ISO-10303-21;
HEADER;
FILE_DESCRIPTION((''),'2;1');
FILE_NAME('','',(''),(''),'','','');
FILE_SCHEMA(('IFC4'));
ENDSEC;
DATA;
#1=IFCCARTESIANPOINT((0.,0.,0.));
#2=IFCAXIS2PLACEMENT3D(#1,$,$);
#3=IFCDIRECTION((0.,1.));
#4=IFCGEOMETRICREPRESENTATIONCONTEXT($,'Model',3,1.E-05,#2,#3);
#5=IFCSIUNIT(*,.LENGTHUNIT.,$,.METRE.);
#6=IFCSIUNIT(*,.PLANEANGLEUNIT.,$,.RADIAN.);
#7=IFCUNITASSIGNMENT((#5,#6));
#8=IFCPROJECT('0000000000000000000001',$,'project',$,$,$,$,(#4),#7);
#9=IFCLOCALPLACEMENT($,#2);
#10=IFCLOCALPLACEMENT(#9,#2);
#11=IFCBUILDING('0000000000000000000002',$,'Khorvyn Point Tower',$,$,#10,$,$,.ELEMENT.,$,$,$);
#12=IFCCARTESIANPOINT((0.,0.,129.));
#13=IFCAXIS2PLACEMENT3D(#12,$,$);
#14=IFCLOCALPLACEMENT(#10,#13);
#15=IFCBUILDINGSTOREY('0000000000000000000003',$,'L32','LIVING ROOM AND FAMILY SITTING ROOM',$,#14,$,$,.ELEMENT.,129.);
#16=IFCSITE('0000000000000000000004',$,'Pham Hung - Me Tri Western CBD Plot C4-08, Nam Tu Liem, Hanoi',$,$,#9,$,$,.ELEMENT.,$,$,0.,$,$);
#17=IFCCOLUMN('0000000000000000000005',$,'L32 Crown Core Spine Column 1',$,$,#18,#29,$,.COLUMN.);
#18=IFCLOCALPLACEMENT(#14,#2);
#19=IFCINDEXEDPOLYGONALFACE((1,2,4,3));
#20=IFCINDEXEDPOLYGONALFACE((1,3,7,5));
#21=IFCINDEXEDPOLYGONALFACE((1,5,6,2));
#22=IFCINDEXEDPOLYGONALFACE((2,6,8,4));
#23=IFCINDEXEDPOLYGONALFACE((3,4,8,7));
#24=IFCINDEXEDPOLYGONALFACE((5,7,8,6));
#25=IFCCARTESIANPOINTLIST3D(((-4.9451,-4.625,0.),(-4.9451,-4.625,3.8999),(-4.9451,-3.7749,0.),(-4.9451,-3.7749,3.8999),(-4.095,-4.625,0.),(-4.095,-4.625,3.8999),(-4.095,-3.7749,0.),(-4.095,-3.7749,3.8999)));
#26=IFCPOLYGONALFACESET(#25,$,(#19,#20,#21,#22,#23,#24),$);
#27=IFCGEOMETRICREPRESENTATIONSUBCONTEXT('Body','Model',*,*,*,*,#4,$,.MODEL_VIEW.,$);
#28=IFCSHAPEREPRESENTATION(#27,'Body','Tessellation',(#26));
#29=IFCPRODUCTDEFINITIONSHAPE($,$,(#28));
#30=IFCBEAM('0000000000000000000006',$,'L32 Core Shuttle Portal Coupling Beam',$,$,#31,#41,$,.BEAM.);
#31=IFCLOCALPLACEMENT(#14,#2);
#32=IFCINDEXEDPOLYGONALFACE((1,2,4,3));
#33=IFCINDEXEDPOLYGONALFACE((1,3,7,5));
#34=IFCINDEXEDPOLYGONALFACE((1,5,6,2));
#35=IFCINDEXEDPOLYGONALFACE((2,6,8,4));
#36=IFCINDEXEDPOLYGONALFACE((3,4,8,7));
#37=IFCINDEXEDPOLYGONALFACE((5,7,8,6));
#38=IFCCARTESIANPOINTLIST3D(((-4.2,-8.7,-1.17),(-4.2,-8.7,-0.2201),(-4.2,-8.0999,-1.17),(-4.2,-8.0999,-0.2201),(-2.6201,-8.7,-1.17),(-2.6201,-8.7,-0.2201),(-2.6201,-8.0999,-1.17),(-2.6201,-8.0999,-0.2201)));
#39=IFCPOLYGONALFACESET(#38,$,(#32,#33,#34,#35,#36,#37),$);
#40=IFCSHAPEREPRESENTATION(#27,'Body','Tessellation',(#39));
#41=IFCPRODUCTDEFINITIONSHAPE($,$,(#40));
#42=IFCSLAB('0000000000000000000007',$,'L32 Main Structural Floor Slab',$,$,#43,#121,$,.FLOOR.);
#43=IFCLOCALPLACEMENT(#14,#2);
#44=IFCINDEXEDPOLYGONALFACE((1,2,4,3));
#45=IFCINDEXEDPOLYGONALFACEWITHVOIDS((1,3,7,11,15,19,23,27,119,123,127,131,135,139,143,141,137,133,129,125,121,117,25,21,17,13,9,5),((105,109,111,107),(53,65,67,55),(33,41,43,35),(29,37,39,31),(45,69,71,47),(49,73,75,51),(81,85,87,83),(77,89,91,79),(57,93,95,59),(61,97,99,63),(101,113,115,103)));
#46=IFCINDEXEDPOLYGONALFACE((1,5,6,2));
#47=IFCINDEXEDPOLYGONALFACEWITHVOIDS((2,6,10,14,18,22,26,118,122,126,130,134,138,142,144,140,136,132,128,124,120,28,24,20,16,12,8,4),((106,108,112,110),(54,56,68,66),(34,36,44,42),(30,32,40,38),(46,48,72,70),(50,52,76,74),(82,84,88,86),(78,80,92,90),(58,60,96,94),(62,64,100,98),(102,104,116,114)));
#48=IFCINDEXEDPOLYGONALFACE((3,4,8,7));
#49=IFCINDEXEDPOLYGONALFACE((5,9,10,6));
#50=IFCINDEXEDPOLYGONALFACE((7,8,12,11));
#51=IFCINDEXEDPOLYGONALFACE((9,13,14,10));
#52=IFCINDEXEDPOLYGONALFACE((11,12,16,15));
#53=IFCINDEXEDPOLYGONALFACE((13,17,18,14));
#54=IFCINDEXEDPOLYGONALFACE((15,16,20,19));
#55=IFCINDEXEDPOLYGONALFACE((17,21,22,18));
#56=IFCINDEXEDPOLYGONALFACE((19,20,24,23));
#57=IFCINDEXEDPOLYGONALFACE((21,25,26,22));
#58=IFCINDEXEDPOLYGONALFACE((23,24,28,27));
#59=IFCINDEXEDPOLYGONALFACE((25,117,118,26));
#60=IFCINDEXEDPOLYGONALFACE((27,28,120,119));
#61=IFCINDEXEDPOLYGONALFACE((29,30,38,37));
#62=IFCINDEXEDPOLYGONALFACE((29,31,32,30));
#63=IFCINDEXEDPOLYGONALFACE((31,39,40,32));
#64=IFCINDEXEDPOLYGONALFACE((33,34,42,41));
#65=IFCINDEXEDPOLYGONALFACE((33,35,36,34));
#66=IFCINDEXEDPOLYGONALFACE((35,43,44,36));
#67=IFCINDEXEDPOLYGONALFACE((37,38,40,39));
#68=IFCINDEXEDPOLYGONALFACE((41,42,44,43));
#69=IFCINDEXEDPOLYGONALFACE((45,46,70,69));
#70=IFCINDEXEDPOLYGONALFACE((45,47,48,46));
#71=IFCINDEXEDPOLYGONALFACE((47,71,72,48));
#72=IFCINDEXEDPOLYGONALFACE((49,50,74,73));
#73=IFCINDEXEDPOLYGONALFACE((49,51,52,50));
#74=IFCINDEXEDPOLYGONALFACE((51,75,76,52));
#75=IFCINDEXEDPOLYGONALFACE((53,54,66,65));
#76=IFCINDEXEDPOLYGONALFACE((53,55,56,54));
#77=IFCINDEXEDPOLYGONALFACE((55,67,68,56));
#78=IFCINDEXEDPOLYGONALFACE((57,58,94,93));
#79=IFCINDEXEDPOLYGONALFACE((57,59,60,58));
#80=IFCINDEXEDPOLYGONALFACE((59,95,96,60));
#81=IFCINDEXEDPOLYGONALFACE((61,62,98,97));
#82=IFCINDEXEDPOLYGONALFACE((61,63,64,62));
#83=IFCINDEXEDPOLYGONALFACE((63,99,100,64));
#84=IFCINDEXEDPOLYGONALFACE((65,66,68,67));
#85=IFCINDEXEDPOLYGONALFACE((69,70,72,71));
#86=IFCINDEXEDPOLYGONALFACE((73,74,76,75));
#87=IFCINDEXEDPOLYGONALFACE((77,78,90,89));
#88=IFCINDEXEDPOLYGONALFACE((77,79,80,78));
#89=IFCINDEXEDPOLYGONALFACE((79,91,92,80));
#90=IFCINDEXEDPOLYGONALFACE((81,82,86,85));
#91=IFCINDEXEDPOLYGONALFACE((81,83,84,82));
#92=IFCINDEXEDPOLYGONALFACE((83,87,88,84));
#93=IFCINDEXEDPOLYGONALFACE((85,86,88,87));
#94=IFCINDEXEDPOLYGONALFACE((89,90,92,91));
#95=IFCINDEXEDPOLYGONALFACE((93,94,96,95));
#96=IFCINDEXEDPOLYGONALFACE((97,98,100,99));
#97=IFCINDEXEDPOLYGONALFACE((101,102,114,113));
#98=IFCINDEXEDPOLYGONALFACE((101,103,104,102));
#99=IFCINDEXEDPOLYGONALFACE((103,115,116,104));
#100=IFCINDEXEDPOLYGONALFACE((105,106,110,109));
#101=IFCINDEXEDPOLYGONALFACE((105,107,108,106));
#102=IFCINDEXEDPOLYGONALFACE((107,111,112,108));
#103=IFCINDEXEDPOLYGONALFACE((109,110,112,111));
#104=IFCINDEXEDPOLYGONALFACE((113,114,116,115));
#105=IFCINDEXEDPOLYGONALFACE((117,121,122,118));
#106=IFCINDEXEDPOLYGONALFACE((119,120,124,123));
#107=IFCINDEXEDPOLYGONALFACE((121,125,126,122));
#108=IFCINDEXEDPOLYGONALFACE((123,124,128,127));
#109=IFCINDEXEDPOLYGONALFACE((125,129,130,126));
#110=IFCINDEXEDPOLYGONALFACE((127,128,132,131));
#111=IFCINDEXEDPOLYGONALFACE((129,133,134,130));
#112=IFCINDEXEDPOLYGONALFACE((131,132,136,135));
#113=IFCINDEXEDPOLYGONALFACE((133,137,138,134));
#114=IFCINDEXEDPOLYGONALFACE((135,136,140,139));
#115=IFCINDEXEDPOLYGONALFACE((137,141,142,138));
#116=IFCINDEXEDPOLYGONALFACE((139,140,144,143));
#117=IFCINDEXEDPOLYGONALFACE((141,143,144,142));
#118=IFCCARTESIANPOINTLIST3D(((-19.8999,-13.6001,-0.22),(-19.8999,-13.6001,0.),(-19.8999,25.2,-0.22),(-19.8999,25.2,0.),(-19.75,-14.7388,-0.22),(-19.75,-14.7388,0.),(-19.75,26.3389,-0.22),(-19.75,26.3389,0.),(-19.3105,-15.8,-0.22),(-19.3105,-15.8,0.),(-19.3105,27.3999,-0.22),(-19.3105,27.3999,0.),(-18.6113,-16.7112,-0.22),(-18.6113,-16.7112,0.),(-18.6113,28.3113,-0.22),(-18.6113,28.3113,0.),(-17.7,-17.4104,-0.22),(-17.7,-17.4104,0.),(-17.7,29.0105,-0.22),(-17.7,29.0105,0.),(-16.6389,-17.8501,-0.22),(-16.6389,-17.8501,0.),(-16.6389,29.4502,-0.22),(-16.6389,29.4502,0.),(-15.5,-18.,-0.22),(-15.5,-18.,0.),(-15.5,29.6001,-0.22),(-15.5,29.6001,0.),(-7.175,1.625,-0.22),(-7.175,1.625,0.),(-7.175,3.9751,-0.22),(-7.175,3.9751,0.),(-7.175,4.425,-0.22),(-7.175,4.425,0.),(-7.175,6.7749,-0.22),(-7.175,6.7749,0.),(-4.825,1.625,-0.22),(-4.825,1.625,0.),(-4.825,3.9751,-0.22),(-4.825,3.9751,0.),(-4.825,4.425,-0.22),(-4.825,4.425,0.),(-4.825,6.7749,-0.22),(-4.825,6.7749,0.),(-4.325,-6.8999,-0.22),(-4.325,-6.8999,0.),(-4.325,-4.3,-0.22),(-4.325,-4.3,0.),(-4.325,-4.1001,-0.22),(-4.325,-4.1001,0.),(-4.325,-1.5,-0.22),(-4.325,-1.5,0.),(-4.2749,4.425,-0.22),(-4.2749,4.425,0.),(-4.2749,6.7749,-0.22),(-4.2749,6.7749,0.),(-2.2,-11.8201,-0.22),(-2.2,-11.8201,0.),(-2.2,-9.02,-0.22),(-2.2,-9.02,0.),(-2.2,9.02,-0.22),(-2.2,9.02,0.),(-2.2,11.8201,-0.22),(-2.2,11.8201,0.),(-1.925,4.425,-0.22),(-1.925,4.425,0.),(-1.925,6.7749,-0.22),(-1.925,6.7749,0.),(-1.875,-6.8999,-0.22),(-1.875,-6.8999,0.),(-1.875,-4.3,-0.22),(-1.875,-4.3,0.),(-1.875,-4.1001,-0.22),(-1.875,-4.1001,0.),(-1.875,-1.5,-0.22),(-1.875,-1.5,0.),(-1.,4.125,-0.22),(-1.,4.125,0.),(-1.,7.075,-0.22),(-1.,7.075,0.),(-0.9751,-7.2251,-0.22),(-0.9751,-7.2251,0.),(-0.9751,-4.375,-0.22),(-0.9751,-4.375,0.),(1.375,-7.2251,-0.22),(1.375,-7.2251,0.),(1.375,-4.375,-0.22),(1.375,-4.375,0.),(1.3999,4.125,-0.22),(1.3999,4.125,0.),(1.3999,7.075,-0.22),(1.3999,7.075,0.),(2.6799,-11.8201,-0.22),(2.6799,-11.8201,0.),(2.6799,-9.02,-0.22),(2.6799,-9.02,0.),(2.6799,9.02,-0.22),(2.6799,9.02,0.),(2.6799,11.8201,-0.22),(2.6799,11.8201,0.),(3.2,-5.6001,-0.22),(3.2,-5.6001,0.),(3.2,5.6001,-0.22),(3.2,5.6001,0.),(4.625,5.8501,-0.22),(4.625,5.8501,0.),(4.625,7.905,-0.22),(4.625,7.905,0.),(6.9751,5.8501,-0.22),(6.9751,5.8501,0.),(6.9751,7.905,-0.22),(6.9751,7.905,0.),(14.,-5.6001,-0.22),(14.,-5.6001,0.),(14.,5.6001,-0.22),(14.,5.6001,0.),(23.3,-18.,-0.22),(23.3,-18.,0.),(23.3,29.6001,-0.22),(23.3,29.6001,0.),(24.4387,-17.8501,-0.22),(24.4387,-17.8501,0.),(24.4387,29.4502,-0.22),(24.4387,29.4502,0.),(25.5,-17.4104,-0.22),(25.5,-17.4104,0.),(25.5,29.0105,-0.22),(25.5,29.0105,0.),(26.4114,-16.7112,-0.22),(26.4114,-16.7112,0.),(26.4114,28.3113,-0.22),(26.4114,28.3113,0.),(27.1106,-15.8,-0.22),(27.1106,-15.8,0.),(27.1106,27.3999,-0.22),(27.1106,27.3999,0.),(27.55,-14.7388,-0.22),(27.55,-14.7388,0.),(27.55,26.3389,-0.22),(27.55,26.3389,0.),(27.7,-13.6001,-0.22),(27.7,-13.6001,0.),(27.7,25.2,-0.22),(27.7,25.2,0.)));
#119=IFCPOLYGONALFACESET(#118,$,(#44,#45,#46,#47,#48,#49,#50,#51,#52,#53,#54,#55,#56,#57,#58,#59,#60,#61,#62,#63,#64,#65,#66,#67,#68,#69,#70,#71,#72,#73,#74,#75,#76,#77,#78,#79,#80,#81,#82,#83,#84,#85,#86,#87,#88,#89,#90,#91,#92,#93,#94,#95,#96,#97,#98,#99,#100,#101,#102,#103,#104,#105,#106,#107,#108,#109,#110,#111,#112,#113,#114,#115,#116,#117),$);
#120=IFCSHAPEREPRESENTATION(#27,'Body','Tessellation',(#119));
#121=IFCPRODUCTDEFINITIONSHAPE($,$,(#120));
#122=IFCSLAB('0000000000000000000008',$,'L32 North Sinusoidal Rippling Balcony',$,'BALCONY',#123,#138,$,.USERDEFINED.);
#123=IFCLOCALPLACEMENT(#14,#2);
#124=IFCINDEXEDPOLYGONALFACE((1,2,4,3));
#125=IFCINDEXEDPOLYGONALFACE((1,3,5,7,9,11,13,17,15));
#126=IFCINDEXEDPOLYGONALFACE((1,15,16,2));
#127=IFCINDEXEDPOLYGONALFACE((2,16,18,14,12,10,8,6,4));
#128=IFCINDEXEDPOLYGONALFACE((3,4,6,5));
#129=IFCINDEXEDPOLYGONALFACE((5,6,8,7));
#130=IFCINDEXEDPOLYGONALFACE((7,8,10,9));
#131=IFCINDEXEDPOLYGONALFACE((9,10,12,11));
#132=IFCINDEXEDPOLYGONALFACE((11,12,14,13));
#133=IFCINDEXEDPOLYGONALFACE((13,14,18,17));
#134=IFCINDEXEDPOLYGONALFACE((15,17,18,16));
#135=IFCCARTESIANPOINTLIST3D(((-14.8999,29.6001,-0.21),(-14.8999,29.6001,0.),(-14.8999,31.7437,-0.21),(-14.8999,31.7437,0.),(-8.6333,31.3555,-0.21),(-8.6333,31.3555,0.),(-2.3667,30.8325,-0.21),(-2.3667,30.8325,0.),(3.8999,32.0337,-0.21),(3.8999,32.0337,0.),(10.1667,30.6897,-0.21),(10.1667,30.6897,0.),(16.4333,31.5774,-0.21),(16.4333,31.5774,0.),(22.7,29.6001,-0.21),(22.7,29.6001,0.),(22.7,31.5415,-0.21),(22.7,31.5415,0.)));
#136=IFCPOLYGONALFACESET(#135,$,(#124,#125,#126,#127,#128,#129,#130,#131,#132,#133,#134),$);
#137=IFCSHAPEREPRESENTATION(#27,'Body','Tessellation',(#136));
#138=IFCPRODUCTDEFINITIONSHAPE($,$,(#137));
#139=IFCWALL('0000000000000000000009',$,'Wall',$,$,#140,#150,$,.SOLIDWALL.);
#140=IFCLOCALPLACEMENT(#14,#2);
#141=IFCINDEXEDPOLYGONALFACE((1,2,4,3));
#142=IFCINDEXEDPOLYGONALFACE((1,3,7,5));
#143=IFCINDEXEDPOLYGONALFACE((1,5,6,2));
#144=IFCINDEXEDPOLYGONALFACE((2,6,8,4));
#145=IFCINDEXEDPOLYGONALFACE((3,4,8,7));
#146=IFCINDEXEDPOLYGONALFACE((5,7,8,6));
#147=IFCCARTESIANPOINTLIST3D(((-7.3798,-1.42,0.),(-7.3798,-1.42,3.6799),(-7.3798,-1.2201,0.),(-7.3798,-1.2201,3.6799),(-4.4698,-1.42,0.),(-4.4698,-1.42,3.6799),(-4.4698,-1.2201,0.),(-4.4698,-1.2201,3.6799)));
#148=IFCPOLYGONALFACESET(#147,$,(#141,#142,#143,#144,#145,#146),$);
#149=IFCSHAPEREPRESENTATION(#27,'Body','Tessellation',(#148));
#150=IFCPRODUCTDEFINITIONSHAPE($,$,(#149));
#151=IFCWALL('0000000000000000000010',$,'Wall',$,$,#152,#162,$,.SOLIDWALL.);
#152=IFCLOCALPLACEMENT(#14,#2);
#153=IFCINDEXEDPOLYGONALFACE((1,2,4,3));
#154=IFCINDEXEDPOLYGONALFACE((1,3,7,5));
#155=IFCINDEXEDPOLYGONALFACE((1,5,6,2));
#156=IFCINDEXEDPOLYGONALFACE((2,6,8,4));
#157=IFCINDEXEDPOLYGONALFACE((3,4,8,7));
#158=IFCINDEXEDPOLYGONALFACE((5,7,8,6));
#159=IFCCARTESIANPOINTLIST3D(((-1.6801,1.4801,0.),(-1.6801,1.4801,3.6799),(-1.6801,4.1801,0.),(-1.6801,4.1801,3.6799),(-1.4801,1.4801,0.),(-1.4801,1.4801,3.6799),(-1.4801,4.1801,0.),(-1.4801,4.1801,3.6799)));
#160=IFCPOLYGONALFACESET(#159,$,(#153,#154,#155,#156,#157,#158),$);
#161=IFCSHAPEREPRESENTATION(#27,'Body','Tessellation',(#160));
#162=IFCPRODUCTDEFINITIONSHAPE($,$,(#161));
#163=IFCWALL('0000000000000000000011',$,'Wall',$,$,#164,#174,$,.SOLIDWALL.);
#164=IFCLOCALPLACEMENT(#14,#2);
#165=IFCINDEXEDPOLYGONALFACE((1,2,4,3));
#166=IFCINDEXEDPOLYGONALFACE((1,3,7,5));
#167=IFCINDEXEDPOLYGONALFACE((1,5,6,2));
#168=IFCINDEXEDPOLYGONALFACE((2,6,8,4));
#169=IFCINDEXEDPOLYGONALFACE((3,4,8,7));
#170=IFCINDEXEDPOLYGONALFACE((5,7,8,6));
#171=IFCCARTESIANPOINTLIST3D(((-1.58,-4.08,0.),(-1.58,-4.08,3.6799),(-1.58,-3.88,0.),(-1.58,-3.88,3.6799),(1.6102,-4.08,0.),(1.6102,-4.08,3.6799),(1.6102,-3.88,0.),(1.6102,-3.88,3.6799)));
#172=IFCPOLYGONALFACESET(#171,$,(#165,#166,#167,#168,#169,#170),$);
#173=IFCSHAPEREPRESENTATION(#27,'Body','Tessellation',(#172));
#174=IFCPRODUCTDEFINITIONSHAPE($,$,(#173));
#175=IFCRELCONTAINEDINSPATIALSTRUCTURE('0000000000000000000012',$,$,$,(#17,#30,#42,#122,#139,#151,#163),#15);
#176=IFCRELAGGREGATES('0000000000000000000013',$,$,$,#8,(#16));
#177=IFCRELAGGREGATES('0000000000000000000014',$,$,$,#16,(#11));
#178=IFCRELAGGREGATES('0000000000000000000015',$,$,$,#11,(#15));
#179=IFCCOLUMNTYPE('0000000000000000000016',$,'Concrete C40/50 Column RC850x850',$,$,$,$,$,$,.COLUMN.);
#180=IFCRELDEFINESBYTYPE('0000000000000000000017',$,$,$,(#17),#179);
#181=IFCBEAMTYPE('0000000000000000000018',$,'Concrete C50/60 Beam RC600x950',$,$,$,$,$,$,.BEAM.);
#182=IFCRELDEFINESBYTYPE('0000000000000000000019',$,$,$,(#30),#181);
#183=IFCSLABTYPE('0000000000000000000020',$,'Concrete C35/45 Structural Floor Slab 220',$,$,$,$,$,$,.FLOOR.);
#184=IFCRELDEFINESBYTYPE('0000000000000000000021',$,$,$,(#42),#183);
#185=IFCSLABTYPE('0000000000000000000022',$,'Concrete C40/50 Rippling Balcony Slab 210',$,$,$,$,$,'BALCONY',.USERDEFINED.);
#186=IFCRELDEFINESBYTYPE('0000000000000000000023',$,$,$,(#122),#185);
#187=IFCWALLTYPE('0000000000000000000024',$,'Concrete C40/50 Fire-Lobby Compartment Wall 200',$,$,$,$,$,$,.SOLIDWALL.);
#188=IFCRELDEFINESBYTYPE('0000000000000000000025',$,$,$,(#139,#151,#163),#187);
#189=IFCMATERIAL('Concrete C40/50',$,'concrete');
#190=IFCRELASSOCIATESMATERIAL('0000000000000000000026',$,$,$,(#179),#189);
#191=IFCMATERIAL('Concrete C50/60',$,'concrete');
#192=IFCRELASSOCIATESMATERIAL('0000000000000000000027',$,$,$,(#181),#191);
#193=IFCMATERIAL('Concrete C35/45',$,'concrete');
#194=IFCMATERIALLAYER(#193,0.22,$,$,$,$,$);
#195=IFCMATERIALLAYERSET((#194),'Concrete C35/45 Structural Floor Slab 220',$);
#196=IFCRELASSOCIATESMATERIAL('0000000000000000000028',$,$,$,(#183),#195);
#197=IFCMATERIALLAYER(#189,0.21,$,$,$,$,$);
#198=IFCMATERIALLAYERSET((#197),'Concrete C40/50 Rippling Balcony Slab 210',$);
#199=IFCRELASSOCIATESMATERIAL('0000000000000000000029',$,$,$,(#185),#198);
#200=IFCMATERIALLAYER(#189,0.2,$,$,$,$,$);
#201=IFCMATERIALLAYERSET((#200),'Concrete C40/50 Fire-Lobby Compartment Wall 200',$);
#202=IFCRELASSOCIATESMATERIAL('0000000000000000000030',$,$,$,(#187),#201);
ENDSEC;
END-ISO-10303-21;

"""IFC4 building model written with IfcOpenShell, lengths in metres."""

from ifc_helpers import new_model, si_unit, direction, frame, frame_2d, origin, origin_2d, place, context, subcontext, project, spatial, polyline, rectangle, outline, extrude, material, layer, layer_set, material_profile, profile_set, type_object, element, save


model = new_model("IFC4")

# Units and contexts
model_context = context("Model", 3, precision=1e-05, world=origin(), true_north=direction((0.0, 1.0)))
body_context = subcontext(model_context, "Body", "Model", "MODEL_VIEW")
ifc_project = project(units=[si_unit("LENGTHUNIT", "METRE"), si_unit("PLANEANGLEUNIT", "RADIAN")], contexts=[model_context])

# Site, building, storey
site_placement = place(None, origin())
site = spatial("IfcSite", under=ifc_project, at=site_placement, Name="Pham Hung - Me Tri Western CBD Plot C4-08, Nam Tu Liem, Hanoi", CompositionType="ELEMENT", RefElevation=0.0)
building_placement = place(site_placement, origin())
building = spatial("IfcBuilding", under=site, at=building_placement, Name="Khorvyn Point Tower", CompositionType="ELEMENT")
storey_placement = place(building_placement, frame((0.0, 0.0, 129.0)))
storey = spatial("IfcBuildingStorey", under=building, at=storey_placement, Name="L32", Description="LIVING ROOM AND FAMILY SITTING ROOM", CompositionType="ELEMENT", Elevation=129.0)

# Column
ifc_material_1 = material(Name="Concrete C40/50", Category="concrete")
ifc_material_profile_1 = material_profile(ifc_material_1, rectangle(XDim=0.8501, YDim=0.8501, at=origin_2d()))
ifc_profile_set_1 = profile_set([ifc_material_profile_1], Name="Concrete C40/50 RC850x850")
column_type = type_object("IfcColumnType", Name="Concrete C40/50 Column RC850x850", PredefinedType="COLUMN", material=ifc_profile_set_1)
column_placement = place(storey_placement, frame((-4.52, -4.2, 0.0), z_axis=(0.0, 0.0, 1.0), x_axis=(1.0, 0.0, 0.0)))
element("IfcColumn", 1, at=column_placement, inside=storey, type_object=column_type, Name="L32 Crown Core Spine Column 1", PredefinedType="COLUMN", context=body_context, shape_type="SweptSolid", body=[
    extrude(rectangle(XDim=0.8501, YDim=0.8501, at=origin_2d()), origin(), (0.0, 0.0, 1.0), 3.8999),
])

# Beam
ifc_material_2 = material(Name="Concrete C50/60", Category="concrete")
ifc_material_profile_2 = material_profile(ifc_material_2, rectangle(XDim=0.6001, YDim=0.95, at=origin_2d()))
ifc_profile_set_2 = profile_set([ifc_material_profile_2], Name="Concrete C50/60 RC600x950")
beam_type = type_object("IfcBeamType", Name="Concrete C50/60 Beam RC600x950", PredefinedType="BEAM", material=ifc_profile_set_2)
beam_placement = place(storey_placement, frame((-4.2, -8.3999, -0.6951), z_axis=(1.0, 0.0, 0.0), x_axis=(0.0, 1.0, 0.0)))
element("IfcBeam", 2, at=beam_placement, inside=storey, type_object=beam_type, Name="L32 Core Shuttle Portal Coupling Beam", PredefinedType="BEAM", context=body_context, shape_type="SweptSolid", body=[
    extrude(rectangle(XDim=0.6001, YDim=0.95, at=origin_2d()), origin(), (0.0, 0.0, 1.0), 1.5798),
])

# Slabs
ifc_material_3 = material(Name="Concrete C35/45", Category="concrete")
ifc_layer_1 = layer(ifc_material_3, 0.22)
ifc_layer_set_1 = layer_set([ifc_layer_1], Name="Concrete C35/45 Structural Floor Slab 220")
slab_type_1 = type_object("IfcSlabType", Name="Concrete C35/45 Structural Floor Slab 220", PredefinedType="FLOOR", material=ifc_layer_set_1)
slab_1_placement = place(storey_placement, frame((0.0, 0.0, -0.22)))
element("IfcSlab", 3, at=slab_1_placement, inside=storey, type_object=slab_type_1, Name="L32 Main Structural Floor Slab", PredefinedType="FLOOR", context=body_context, shape_type="SweptSolid", body=[
    extrude(outline(polyline([(-15.5, -18.0), (-16.6389, -17.8501), (-17.7, -17.4104), (-18.6113, -16.7112), (-19.3105, -15.8), (-19.75, -14.7388), (-19.8999, -13.6001), (-19.8999, 25.2), (-19.75, 26.3389), (-19.3105, 27.3999), (-18.6113, 28.3113), (-17.7, 29.0105), (-16.6389, 29.4502), (-15.5, 29.6001), (23.3, 29.6001), (24.4387, 29.4502), (25.5, 29.0105), (26.4114, 28.3113), (27.1106, 27.3999), (27.55, 26.3389), (27.7, 25.2), (27.7, -13.6001), (27.55, -14.7388), (27.1106, -15.8), (26.4114, -16.7112), (25.5, -17.4104), (24.4387, -17.8501), (23.3, -18.0), (-15.5, -18.0)]), holes=[polyline([(-1.875, -6.8999), (-1.875, -4.3), (-4.325, -4.3), (-4.325, -6.8999), (-1.875, -6.8999)]), polyline([(-1.875, -4.1001), (-1.875, -1.5), (-4.325, -1.5), (-4.325, -4.1001), (-1.875, -4.1001)]), polyline([(-4.825, 1.625), (-4.825, 3.9751), (-7.175, 3.9751), (-7.175, 1.625), (-4.825, 1.625)]), polyline([(-7.175, 4.425), (-4.825, 4.425), (-4.825, 6.7749), (-7.175, 6.7749), (-7.175, 4.425)]), polyline([(-4.2749, 4.425), (-1.925, 4.425), (-1.925, 6.7749), (-4.2749, 6.7749), (-4.2749, 4.425)]), polyline([(1.3999, 4.125), (1.3999, 7.075), (-1.0, 7.075), (-1.0, 4.125), (1.3999, 4.125)]), polyline([(-2.2, -11.8201), (2.6799, -11.8201), (2.6799, -9.02), (-2.2, -9.02), (-2.2, -11.8201)]), polyline([(-0.9751, -7.2251), (1.375, -7.2251), (1.375, -4.375), (-0.9751, -4.375), (-0.9751, -7.2251)]), polyline([(14.0, -5.6001), (14.0, 5.6001), (3.2, 5.6001), (3.2, -5.6001), (14.0, -5.6001)]), polyline([(4.625, 5.8501), (6.9751, 5.8501), (6.9751, 7.905), (4.625, 7.905), (4.625, 5.8501)]), polyline([(-2.2, 9.02), (2.6799, 9.02), (2.6799, 11.8201), (-2.2, 11.8201), (-2.2, 9.02)])]), origin(), (0.0, 0.0, 1.0), 0.22),
])
ifc_layer_2 = layer(ifc_material_1, 0.21)
ifc_layer_set_2 = layer_set([ifc_layer_2], Name="Concrete C40/50 Rippling Balcony Slab 210")
slab_type_2 = type_object("IfcSlabType", Name="Concrete C40/50 Rippling Balcony Slab 210", ElementType="BALCONY", PredefinedType="USERDEFINED", material=ifc_layer_set_2)
slab_2_placement = place(storey_placement, frame((0.0, 0.0, -0.21)))
element("IfcSlab", 4, at=slab_2_placement, inside=storey, type_object=slab_type_2, Name="L32 North Sinusoidal Rippling Balcony", ObjectType="BALCONY", PredefinedType="USERDEFINED", context=body_context, shape_type="SweptSolid", body=[
    extrude(outline(polyline([(22.7, 29.6001), (22.7, 31.5415), (16.4333, 31.5774), (10.1667, 30.6897), (3.8999, 32.0337), (-2.3667, 30.8325), (-8.6333, 31.3555), (-14.8999, 31.7437), (-14.8999, 29.6001), (22.7, 29.6001)])), origin(), (0.0, 0.0, 1.0), 0.21),
])

# Walls
ifc_layer_3 = layer(ifc_material_1, 0.2)
ifc_layer_set_3 = layer_set([ifc_layer_3], Name="Concrete C40/50 Fire-Lobby Compartment Wall 200")
wall_type_1 = type_object("IfcWallType", Name="Concrete C40/50 Fire-Lobby Compartment Wall 200", PredefinedType="SOLIDWALL", material=ifc_layer_set_3)
wall_1_placement = place(storey_placement, frame((-7.3799, -1.3201, 0.0), z_axis=(0.0, 0.0, 1.0), x_axis=(1.0, 0.0, 0.0)))
element("IfcWall", 5, at=wall_1_placement, inside=storey, type_object=wall_type_1, Name="Wall", PredefinedType="SOLIDWALL", context=body_context, shape_type="SweptSolid", body=[
    extrude(rectangle(XDim=2.9099, YDim=0.2, at=frame_2d((1.4551, 0.0))), origin(), (0.0, 0.0, 1.0), 3.6799),
])
wall_2_placement = place(storey_placement, frame((-1.5801, 1.48, 0.0), z_axis=(0.0, 0.0, 1.0), x_axis=(0.0, 1.0, 0.0)))
element("IfcWall", 6, at=wall_2_placement, inside=storey, type_object=wall_type_1, Name="Wall", PredefinedType="SOLIDWALL", context=body_context, shape_type="SweptSolid", body=[
    extrude(rectangle(XDim=2.7, YDim=0.2, at=frame_2d((1.3501, 0.0))), origin(), (0.0, 0.0, 1.0), 3.6799),
])
for number, where, z_axis, x_axis, name in (
    (7, (-1.5801, -3.98, 0.0), (0.0, 0.0, 1.0), (1.0, 0.0, 0.0), "Wall"),
):
    element("IfcWall", number, at=place(storey_placement, frame(where, z_axis=z_axis, x_axis=x_axis)), inside=storey, type_object=wall_type_1, Name=name, PredefinedType="SOLIDWALL", context=body_context, shape_type="SweptSolid", body=[
        extrude(rectangle(XDim=3.1902, YDim=0.2, at=frame_2d((1.5952, 0.0))), origin(), (0.0, 0.0, 1.0), 3.6799),
    ])

save(model, "model.ifc")
